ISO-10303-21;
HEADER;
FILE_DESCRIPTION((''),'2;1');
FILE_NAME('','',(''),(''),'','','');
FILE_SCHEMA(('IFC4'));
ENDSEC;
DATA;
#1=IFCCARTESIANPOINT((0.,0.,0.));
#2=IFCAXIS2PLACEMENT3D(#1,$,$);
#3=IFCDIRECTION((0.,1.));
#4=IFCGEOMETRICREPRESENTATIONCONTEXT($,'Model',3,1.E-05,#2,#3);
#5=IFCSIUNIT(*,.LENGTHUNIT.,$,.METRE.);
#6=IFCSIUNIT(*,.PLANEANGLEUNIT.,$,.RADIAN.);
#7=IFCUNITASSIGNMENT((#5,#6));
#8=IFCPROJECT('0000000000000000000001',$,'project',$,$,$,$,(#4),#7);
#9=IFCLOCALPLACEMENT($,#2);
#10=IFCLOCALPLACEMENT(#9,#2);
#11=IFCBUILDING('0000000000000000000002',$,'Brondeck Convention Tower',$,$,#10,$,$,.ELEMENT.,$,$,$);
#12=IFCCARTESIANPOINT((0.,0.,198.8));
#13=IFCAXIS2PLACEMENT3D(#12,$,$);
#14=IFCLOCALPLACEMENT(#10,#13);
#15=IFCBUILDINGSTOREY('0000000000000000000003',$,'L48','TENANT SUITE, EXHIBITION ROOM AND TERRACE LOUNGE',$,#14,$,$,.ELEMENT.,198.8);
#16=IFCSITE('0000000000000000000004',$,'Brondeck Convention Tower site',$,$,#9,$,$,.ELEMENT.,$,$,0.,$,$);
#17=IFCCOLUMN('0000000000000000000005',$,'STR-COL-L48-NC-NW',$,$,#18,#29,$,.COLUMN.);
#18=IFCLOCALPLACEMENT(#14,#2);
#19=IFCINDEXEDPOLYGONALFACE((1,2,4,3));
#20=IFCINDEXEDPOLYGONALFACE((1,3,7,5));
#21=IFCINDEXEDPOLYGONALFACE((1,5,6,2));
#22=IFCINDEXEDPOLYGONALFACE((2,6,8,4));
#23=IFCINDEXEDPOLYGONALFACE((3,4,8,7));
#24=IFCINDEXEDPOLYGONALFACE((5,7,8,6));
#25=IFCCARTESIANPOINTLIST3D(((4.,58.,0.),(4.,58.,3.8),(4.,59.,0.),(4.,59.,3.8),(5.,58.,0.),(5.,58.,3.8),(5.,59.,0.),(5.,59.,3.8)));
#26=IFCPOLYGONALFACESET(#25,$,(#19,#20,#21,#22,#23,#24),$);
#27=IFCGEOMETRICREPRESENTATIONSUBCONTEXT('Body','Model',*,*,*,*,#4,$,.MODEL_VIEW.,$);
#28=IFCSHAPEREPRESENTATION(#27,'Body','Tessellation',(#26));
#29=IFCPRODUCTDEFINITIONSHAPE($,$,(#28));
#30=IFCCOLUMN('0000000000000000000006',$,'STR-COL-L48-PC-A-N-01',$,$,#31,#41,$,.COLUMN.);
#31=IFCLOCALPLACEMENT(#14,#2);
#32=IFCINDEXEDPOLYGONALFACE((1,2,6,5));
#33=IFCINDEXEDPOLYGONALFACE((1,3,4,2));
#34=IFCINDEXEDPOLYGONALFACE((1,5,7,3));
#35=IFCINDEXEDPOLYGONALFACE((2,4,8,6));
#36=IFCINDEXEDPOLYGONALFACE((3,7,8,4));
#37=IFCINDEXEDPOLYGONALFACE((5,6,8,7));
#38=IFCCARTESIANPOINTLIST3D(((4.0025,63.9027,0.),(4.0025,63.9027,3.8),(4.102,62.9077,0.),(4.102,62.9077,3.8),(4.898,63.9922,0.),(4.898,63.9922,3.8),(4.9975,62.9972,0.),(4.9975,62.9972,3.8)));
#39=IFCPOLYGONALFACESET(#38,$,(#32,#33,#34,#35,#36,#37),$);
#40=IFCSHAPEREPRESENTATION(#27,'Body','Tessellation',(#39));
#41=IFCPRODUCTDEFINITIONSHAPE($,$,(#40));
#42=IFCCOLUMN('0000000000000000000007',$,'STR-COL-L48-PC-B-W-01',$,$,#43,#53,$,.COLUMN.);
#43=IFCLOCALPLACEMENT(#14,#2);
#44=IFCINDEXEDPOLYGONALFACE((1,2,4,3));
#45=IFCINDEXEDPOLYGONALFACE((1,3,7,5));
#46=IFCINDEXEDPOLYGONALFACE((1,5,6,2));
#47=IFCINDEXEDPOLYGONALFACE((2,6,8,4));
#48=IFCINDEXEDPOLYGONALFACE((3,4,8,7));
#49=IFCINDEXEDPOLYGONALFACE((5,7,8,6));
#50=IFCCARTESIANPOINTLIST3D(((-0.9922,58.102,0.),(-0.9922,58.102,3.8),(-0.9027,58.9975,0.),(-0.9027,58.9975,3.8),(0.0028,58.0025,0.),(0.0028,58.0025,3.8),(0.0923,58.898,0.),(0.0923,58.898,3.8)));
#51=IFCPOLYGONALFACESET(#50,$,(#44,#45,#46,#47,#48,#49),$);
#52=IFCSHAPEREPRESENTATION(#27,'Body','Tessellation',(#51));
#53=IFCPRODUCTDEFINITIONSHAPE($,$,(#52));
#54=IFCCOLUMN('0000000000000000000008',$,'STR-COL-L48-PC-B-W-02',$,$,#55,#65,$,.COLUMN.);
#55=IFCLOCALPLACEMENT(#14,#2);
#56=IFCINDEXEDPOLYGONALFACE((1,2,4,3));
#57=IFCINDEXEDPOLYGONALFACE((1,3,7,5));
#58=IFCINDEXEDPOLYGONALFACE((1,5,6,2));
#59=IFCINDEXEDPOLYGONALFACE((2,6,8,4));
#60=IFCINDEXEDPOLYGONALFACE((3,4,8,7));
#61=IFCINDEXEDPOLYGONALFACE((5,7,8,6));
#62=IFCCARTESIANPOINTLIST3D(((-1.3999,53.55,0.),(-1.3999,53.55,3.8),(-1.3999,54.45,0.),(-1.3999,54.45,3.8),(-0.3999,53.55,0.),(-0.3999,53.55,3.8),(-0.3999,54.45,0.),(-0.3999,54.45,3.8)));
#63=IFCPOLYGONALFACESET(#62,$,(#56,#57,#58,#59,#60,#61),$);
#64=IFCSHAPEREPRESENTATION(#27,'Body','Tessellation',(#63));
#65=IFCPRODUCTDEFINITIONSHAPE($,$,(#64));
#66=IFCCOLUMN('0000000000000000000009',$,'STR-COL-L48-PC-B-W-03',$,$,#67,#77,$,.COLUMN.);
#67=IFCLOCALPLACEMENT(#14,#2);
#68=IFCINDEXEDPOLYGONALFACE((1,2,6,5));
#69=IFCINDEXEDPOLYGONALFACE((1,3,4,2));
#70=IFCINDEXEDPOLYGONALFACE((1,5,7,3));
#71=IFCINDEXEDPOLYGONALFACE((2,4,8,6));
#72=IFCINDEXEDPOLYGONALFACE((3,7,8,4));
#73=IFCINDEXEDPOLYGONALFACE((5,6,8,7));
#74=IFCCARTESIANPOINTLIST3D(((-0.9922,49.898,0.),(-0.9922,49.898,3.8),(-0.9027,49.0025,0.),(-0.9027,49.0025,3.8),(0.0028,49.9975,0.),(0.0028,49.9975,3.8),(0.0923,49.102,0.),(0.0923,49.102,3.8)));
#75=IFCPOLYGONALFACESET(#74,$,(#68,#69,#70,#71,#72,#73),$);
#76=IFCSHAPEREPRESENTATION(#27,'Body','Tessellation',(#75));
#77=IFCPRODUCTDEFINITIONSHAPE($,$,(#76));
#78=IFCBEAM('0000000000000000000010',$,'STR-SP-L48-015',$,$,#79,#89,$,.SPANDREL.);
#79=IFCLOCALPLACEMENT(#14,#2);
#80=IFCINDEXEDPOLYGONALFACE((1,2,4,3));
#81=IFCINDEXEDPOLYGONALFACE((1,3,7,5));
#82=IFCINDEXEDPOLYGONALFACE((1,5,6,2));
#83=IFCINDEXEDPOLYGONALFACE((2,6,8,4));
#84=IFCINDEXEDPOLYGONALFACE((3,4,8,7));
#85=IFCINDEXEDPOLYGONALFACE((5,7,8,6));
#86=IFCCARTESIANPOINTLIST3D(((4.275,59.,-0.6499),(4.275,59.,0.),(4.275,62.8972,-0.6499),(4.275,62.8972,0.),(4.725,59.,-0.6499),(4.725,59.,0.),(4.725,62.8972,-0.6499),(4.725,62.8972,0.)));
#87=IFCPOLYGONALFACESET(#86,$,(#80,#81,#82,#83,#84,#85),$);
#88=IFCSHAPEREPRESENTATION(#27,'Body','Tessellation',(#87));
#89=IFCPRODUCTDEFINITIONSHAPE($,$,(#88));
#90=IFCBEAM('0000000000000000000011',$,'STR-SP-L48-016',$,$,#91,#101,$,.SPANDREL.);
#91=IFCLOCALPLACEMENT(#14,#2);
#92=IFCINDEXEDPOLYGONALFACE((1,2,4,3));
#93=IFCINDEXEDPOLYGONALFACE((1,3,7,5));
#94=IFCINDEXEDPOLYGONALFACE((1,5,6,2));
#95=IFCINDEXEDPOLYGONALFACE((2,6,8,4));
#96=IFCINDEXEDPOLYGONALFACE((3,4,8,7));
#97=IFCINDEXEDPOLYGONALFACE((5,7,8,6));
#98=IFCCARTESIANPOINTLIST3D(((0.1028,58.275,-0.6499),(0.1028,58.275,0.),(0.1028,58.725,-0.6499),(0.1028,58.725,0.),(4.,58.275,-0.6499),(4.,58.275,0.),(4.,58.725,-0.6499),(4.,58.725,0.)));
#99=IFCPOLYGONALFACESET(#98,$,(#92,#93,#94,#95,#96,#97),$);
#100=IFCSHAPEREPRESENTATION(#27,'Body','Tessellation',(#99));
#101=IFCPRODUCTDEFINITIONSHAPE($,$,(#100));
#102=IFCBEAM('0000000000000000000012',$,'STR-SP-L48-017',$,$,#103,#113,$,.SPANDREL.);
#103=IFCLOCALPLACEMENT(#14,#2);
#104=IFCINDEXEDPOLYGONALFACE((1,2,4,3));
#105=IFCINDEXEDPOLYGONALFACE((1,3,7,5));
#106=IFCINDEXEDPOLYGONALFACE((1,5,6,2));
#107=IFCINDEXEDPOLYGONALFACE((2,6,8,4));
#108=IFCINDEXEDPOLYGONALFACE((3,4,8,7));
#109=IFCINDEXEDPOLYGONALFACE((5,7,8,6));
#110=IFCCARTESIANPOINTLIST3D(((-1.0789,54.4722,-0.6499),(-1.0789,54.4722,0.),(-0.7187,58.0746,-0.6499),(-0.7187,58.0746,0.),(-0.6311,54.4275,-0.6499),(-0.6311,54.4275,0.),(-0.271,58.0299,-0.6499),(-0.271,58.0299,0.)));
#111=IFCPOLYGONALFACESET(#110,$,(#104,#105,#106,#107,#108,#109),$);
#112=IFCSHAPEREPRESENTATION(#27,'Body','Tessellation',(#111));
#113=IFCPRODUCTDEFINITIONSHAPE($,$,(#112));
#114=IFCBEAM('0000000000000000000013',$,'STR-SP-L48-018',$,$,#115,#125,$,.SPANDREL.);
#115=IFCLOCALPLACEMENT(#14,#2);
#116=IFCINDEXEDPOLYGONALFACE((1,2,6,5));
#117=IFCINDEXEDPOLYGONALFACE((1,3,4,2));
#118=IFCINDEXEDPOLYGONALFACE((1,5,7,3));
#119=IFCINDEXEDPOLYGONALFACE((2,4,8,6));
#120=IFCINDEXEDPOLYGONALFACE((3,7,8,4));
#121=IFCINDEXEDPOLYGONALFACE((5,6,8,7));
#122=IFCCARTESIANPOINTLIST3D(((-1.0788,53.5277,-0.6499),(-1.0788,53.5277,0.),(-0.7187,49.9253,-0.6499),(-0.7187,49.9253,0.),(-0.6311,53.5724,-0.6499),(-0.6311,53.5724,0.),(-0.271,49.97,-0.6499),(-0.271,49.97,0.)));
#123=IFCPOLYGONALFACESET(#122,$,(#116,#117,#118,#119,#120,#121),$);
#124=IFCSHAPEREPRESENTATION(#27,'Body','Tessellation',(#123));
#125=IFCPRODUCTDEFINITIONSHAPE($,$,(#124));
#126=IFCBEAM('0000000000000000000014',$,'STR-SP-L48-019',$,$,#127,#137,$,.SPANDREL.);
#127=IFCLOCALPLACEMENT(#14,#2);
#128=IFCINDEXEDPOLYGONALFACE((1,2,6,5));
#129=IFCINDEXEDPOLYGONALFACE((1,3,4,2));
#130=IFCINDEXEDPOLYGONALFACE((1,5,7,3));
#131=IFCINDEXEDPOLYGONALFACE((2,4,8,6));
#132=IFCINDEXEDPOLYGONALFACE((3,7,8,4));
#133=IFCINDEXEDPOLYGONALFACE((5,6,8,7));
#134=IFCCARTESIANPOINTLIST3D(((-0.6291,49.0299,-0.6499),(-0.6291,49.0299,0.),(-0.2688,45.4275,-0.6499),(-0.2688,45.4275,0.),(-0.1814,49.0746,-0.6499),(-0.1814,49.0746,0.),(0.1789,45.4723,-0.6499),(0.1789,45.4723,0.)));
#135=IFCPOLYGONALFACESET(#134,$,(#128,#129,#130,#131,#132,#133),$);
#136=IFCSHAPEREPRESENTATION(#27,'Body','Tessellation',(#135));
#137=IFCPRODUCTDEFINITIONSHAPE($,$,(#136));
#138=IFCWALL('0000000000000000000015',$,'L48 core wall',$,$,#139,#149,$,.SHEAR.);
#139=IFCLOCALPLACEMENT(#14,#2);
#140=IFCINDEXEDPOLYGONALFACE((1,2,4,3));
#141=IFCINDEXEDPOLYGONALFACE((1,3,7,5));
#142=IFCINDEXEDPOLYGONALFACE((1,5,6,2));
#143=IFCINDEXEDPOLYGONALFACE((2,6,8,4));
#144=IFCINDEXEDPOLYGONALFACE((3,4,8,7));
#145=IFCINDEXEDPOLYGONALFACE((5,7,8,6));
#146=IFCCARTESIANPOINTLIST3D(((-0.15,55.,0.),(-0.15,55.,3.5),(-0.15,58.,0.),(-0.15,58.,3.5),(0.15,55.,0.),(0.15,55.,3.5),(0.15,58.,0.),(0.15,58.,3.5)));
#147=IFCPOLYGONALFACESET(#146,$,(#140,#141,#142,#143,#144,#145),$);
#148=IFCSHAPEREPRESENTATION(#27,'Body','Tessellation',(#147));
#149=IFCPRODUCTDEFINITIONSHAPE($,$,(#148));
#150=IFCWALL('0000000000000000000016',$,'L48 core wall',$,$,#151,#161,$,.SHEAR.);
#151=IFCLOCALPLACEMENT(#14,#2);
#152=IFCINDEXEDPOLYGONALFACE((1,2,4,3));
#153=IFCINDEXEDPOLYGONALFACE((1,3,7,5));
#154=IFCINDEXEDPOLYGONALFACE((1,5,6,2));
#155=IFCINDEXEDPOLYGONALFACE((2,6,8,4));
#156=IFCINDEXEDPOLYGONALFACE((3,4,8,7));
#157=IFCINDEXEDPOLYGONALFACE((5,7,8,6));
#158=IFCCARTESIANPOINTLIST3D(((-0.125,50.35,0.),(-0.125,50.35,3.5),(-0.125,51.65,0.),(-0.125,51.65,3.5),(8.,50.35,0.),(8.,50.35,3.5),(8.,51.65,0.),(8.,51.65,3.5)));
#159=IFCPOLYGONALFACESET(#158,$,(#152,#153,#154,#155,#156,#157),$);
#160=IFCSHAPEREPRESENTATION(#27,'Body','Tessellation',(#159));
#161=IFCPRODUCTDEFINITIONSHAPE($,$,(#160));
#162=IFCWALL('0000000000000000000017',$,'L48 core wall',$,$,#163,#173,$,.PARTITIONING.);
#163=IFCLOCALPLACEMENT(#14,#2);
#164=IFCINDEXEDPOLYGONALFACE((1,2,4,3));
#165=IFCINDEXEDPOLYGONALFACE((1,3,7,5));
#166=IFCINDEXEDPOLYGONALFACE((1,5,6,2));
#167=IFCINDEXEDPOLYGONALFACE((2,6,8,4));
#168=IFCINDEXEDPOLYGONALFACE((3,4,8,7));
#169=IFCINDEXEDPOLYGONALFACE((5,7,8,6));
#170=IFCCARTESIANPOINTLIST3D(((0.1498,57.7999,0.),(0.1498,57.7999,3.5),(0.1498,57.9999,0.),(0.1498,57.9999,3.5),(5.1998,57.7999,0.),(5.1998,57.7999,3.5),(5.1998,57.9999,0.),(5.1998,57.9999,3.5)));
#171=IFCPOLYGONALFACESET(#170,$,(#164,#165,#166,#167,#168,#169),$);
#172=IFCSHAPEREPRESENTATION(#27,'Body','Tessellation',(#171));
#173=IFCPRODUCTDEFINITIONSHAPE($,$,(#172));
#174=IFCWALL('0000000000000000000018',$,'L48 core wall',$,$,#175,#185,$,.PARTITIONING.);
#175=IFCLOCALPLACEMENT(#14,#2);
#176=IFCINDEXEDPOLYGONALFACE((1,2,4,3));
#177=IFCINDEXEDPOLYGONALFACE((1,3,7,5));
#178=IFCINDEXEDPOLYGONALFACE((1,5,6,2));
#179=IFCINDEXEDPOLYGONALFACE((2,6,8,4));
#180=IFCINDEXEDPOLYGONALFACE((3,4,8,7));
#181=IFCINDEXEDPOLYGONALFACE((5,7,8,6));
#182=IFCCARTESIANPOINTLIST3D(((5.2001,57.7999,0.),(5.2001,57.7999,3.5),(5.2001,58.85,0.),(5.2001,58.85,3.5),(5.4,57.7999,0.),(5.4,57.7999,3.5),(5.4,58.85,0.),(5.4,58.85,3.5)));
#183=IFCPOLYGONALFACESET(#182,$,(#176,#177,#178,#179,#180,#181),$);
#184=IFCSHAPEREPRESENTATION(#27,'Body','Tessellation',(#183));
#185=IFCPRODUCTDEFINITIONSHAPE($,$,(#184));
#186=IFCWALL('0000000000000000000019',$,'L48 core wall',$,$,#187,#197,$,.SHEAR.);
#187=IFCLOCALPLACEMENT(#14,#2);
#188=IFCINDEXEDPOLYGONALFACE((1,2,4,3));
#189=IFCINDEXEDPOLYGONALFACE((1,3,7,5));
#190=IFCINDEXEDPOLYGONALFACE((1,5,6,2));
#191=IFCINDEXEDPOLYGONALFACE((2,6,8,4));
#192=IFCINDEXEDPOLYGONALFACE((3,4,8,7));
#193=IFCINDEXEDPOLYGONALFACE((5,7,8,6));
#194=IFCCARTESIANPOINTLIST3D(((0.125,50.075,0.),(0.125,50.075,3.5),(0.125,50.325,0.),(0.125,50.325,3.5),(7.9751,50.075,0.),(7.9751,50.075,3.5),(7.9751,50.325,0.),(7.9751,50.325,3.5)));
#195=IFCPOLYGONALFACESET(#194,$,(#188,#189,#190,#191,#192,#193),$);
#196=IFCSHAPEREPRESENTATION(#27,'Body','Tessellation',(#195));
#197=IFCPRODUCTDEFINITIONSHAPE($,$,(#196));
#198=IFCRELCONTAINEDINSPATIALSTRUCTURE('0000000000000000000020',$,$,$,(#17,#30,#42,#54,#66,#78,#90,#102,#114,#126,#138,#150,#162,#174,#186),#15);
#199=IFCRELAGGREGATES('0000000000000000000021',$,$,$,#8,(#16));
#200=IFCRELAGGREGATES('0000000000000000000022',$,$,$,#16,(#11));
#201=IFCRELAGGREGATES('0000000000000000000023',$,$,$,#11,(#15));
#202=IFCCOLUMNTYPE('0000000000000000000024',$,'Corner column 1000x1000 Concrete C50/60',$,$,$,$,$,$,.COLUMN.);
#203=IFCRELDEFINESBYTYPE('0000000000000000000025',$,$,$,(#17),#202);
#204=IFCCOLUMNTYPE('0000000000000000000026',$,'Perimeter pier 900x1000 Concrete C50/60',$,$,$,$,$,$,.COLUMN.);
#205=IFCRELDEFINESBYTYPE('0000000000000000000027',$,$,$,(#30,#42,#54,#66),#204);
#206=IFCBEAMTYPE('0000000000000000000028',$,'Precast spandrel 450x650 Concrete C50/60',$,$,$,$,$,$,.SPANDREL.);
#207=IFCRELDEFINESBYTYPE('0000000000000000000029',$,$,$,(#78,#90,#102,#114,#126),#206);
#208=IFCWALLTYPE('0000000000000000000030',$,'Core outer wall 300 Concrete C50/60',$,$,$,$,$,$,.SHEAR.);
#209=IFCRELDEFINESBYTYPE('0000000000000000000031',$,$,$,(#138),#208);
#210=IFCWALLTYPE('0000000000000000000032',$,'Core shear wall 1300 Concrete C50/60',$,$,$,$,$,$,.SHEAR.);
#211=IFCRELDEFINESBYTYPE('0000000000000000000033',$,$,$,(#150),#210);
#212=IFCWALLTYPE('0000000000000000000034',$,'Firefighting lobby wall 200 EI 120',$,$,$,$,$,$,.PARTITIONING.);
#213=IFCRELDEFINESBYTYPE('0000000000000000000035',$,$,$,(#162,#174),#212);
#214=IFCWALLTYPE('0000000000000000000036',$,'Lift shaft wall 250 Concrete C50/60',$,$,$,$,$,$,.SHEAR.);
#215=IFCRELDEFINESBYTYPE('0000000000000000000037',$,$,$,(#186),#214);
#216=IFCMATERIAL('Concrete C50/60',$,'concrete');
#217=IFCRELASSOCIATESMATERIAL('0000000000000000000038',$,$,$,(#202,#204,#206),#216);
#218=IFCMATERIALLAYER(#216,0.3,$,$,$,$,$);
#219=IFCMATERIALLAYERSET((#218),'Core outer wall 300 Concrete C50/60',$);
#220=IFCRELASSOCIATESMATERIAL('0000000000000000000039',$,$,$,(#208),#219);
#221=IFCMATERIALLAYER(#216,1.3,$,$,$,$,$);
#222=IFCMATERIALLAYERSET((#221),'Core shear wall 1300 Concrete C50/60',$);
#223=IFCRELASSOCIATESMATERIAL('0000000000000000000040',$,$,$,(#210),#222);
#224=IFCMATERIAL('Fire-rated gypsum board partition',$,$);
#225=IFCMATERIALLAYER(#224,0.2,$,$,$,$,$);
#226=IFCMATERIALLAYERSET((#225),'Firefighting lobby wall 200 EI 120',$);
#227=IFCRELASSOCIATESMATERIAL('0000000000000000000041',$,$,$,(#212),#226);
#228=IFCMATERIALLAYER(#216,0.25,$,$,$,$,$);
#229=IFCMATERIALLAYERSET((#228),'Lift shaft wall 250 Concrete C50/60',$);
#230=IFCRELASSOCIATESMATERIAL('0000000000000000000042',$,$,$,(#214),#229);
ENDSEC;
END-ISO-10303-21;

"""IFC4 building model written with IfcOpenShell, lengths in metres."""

from ifc_helpers import new_model, si_unit, direction, frame, frame_2d, origin, origin_2d, place, context, subcontext, project, spatial, rectangle, extrude, material, layer, layer_set, material_profile, profile_set, type_object, element, save


model = new_model("IFC4")

# Units and contexts
model_context = context("Model", 3, precision=1e-05, world=origin(), true_north=direction((0.0, 1.0)))
body_context = subcontext(model_context, "Body", "Model", "MODEL_VIEW")
ifc_project = project(units=[si_unit("LENGTHUNIT", "METRE"), si_unit("PLANEANGLEUNIT", "RADIAN")], contexts=[model_context])

# Site, building, storey
site_placement = place(None, origin())
site = spatial("IfcSite", under=ifc_project, at=site_placement, Name="Brondeck Convention Tower site", CompositionType="ELEMENT", RefElevation=0.0)
building_placement = place(site_placement, origin())
building = spatial("IfcBuilding", under=site, at=building_placement, Name="Brondeck Convention Tower", CompositionType="ELEMENT")
storey_placement = place(building_placement, frame((0.0, 0.0, 198.8)))
storey = spatial("IfcBuildingStorey", under=building, at=storey_placement, Name="L48", Description="TENANT SUITE, EXHIBITION ROOM AND TERRACE LOUNGE", CompositionType="ELEMENT", Elevation=198.8)

# Columns
ifc_material_1 = material(Name="Concrete C50/60", Category="concrete")
ifc_material_profile_1 = material_profile(ifc_material_1, rectangle(XDim=1.0, YDim=1.0, at=origin_2d()), Name="Corner column 1000x1000 Concrete C50/60")
ifc_profile_set_1 = profile_set([ifc_material_profile_1], Name="Concrete C50/60")
column_type_1 = type_object("IfcColumnType", Name="Corner column 1000x1000 Concrete C50/60", PredefinedType="COLUMN", material=ifc_profile_set_1)
column_placement = place(storey_placement, frame((4.5, 58.5, 0.0), z_axis=(0.0, 0.0, 1.0), x_axis=(1.0, 0.0, 0.0)))
element("IfcColumn", 1, at=column_placement, inside=storey, type_object=column_type_1, Name="STR-COL-L48-NC-NW", PredefinedType="COLUMN", context=body_context, shape_type="SweptSolid", body=[
    extrude(rectangle(XDim=1.0, YDim=1.0, at=origin_2d()), origin(), (0.0, 0.0, 1.0), 3.8),
])
ifc_material_profile_2 = material_profile(ifc_material_1, rectangle(XDim=0.8999, YDim=1.0, at=origin_2d()), Name="Perimeter pier 900x1000 Concrete C50/60")
ifc_profile_set_2 = profile_set([ifc_material_profile_2], Name="Concrete C50/60")
column_type_2 = type_object("IfcColumnType", Name="Perimeter pier 900x1000 Concrete C50/60", PredefinedType="COLUMN", material=ifc_profile_set_2)
for number, where, z_axis, x_axis, name in (
    (2, (4.5, 63.45, 0.0), (0.0, 0.0, 1.0), (-0.995037, -0.099504, 0.0), "STR-COL-L48-PC-A-N-01"),
    (3, (-0.45, 58.5, 0.0), (0.0, 0.0, 1.0), (-0.099504, -0.995037, 0.0), "STR-COL-L48-PC-B-W-01"),
    (4, (-0.8999, 54.0, 0.0), (0.0, 0.0, 1.0), (0.0, -1.0, 0.0), "STR-COL-L48-PC-B-W-02"),
    (5, (-0.45, 49.5, 0.0), (0.0, 0.0, 1.0), (0.099504, -0.995037, 0.0), "STR-COL-L48-PC-B-W-03"),
):
    element("IfcColumn", number, at=place(storey_placement, frame(where, z_axis=z_axis, x_axis=x_axis)), inside=storey, type_object=column_type_2, Name=name, PredefinedType="COLUMN", context=body_context, shape_type="SweptSolid", body=[
        extrude(rectangle(XDim=0.8999, YDim=1.0, at=origin_2d()), origin(), (0.0, 0.0, 1.0), 3.8),
    ])

# Beams
ifc_material_profile_3 = material_profile(ifc_material_1, rectangle(XDim=0.45, YDim=0.6499, at=origin_2d()), Name="Precast spandrel 450x650 Concrete C50/60")
ifc_profile_set_3 = profile_set([ifc_material_profile_3], Name="Concrete C50/60")
beam_type = type_object("IfcBeamType", Name="Precast spandrel 450x650 Concrete C50/60", PredefinedType="SPANDREL", material=ifc_profile_set_3)
for number, where, z_axis, x_axis, name in (
    (6, (4.5, 62.8972, -0.325), (0.0, -1.0, 0.0), (1.0, 0.0, 0.0), "STR-SP-L48-015"),
    (7, (4.0, 58.5, -0.325), (-1.0, 0.0, 0.0), (0.0, -1.0, 0.0), "STR-SP-L48-016"),
):
    element("IfcBeam", number, at=place(storey_placement, frame(where, z_axis=z_axis, x_axis=x_axis)), inside=storey, type_object=beam_type, Name=name, PredefinedType="SPANDREL", context=body_context, shape_type="SweptSolid", body=[
        extrude(rectangle(XDim=0.45, YDim=0.6499, at=origin_2d()), origin(), (0.0, 0.0, 1.0), 3.8972),
    ])
for number, where, z_axis, x_axis, name in (
    (8, (-0.4949, 58.0522, -0.325), (-0.09947, -0.995041, 0.0), (0.995041, -0.09947, 0.0), "STR-SP-L48-017"),
    (9, (-0.855, 53.55, -0.325), (0.09947, -0.995041, 0.0), (0.995041, 0.09947, 0.0), "STR-SP-L48-018"),
    (10, (-0.4053, 49.0522, -0.325), (0.099537, -0.995034, 0.0), (0.995034, 0.099537, 0.0), "STR-SP-L48-019"),
):
    element("IfcBeam", number, at=place(storey_placement, frame(where, z_axis=z_axis, x_axis=x_axis)), inside=storey, type_object=beam_type, Name=name, PredefinedType="SPANDREL", context=body_context, shape_type="SweptSolid", body=[
        extrude(rectangle(XDim=0.45, YDim=0.6499, at=origin_2d()), origin(), (0.0, 0.0, 1.0), 3.6204),
    ])

# Walls
ifc_layer_1 = layer(ifc_material_1, 0.3)
ifc_layer_set_1 = layer_set([ifc_layer_1], Name="Core outer wall 300 Concrete C50/60")
wall_type_1 = type_object("IfcWallType", Name="Core outer wall 300 Concrete C50/60", PredefinedType="SHEAR", material=ifc_layer_set_1)
wall_1_placement = place(storey_placement, frame((0.0, 55.0, 0.0), z_axis=(0.0, 0.0, 1.0), x_axis=(0.0, 1.0, 0.0)))
element("IfcWall", 11, at=wall_1_placement, inside=storey, type_object=wall_type_1, Name="L48 core wall", PredefinedType="SHEAR", context=body_context, shape_type="SweptSolid", body=[
    extrude(rectangle(XDim=3.0, YDim=0.3, at=frame_2d((1.5, 0.0))), origin(), (0.0, 0.0, 1.0), 3.5),
])
ifc_layer_2 = layer(ifc_material_1, 1.3)
ifc_layer_set_2 = layer_set([ifc_layer_2], Name="Core shear wall 1300 Concrete C50/60")
wall_type_2 = type_object("IfcWallType", Name="Core shear wall 1300 Concrete C50/60", PredefinedType="SHEAR", material=ifc_layer_set_2)
wall_2_placement = place(storey_placement, frame((-0.125, 51.0, 0.0), z_axis=(0.0, 0.0, 1.0), x_axis=(1.0, 0.0, 0.0)))
element("IfcWall", 12, at=wall_2_placement, inside=storey, type_object=wall_type_2, Name="L48 core wall", PredefinedType="SHEAR", context=body_context, shape_type="SweptSolid", body=[
    extrude(rectangle(XDim=8.125, YDim=1.3, at=frame_2d((4.0625, 0.0))), origin(), (0.0, 0.0, 1.0), 3.5),
])
ifc_material_2 = material(Name="Fire-rated gypsum board partition")
ifc_layer_3 = layer(ifc_material_2, 0.2)
ifc_layer_set_3 = layer_set([ifc_layer_3], Name="Firefighting lobby wall 200 EI 120")
wall_type_3 = type_object("IfcWallType", Name="Firefighting lobby wall 200 EI 120", PredefinedType="PARTITIONING", material=ifc_layer_set_3)
wall_3_placement = place(storey_placement, frame((0.1499, 57.8999, 0.0), z_axis=(0.0, 0.0, 1.0), x_axis=(1.0, 0.0, 0.0)))
element("IfcWall", 13, at=wall_3_placement, inside=storey, type_object=wall_type_3, Name="L48 core wall", PredefinedType="PARTITIONING", context=body_context, shape_type="SweptSolid", body=[
    extrude(rectangle(XDim=5.05, YDim=0.2, at=frame_2d((2.5249, 0.0))), origin(), (0.0, 0.0, 1.0), 3.5),
])
wall_4_placement = place(storey_placement, frame((5.3, 57.8, 0.0), z_axis=(0.0, 0.0, 1.0), x_axis=(0.0, 1.0, 0.0)))
element("IfcWall", 14, at=wall_4_placement, inside=storey, type_object=wall_type_3, Name="L48 core wall", PredefinedType="PARTITIONING", context=body_context, shape_type="SweptSolid", body=[
    extrude(rectangle(XDim=1.05, YDim=0.2, at=frame_2d((0.5249, 0.0))), origin(), (0.0, 0.0, 1.0), 3.5),
])
ifc_layer_4 = layer(ifc_material_1, 0.25)
ifc_layer_set_4 = layer_set([ifc_layer_4], Name="Lift shaft wall 250 Concrete C50/60")
wall_type_4 = type_object("IfcWallType", Name="Lift shaft wall 250 Concrete C50/60", PredefinedType="SHEAR", material=ifc_layer_set_4)
for number, where, z_axis, x_axis, name in (
    (15, (0.125, 50.2, 0.0), (0.0, 0.0, 1.0), (1.0, 0.0, 0.0), "L48 core wall"),
):
    element("IfcWall", number, at=place(storey_placement, frame(where, z_axis=z_axis, x_axis=x_axis)), inside=storey, type_object=wall_type_4, Name=name, PredefinedType="SHEAR", context=body_context, shape_type="SweptSolid", body=[
        extrude(rectangle(XDim=7.8501, YDim=0.25, at=frame_2d((3.925, 0.0))), origin(), (0.0, 0.0, 1.0), 3.5),
    ])

save(model, "model.ifc")
